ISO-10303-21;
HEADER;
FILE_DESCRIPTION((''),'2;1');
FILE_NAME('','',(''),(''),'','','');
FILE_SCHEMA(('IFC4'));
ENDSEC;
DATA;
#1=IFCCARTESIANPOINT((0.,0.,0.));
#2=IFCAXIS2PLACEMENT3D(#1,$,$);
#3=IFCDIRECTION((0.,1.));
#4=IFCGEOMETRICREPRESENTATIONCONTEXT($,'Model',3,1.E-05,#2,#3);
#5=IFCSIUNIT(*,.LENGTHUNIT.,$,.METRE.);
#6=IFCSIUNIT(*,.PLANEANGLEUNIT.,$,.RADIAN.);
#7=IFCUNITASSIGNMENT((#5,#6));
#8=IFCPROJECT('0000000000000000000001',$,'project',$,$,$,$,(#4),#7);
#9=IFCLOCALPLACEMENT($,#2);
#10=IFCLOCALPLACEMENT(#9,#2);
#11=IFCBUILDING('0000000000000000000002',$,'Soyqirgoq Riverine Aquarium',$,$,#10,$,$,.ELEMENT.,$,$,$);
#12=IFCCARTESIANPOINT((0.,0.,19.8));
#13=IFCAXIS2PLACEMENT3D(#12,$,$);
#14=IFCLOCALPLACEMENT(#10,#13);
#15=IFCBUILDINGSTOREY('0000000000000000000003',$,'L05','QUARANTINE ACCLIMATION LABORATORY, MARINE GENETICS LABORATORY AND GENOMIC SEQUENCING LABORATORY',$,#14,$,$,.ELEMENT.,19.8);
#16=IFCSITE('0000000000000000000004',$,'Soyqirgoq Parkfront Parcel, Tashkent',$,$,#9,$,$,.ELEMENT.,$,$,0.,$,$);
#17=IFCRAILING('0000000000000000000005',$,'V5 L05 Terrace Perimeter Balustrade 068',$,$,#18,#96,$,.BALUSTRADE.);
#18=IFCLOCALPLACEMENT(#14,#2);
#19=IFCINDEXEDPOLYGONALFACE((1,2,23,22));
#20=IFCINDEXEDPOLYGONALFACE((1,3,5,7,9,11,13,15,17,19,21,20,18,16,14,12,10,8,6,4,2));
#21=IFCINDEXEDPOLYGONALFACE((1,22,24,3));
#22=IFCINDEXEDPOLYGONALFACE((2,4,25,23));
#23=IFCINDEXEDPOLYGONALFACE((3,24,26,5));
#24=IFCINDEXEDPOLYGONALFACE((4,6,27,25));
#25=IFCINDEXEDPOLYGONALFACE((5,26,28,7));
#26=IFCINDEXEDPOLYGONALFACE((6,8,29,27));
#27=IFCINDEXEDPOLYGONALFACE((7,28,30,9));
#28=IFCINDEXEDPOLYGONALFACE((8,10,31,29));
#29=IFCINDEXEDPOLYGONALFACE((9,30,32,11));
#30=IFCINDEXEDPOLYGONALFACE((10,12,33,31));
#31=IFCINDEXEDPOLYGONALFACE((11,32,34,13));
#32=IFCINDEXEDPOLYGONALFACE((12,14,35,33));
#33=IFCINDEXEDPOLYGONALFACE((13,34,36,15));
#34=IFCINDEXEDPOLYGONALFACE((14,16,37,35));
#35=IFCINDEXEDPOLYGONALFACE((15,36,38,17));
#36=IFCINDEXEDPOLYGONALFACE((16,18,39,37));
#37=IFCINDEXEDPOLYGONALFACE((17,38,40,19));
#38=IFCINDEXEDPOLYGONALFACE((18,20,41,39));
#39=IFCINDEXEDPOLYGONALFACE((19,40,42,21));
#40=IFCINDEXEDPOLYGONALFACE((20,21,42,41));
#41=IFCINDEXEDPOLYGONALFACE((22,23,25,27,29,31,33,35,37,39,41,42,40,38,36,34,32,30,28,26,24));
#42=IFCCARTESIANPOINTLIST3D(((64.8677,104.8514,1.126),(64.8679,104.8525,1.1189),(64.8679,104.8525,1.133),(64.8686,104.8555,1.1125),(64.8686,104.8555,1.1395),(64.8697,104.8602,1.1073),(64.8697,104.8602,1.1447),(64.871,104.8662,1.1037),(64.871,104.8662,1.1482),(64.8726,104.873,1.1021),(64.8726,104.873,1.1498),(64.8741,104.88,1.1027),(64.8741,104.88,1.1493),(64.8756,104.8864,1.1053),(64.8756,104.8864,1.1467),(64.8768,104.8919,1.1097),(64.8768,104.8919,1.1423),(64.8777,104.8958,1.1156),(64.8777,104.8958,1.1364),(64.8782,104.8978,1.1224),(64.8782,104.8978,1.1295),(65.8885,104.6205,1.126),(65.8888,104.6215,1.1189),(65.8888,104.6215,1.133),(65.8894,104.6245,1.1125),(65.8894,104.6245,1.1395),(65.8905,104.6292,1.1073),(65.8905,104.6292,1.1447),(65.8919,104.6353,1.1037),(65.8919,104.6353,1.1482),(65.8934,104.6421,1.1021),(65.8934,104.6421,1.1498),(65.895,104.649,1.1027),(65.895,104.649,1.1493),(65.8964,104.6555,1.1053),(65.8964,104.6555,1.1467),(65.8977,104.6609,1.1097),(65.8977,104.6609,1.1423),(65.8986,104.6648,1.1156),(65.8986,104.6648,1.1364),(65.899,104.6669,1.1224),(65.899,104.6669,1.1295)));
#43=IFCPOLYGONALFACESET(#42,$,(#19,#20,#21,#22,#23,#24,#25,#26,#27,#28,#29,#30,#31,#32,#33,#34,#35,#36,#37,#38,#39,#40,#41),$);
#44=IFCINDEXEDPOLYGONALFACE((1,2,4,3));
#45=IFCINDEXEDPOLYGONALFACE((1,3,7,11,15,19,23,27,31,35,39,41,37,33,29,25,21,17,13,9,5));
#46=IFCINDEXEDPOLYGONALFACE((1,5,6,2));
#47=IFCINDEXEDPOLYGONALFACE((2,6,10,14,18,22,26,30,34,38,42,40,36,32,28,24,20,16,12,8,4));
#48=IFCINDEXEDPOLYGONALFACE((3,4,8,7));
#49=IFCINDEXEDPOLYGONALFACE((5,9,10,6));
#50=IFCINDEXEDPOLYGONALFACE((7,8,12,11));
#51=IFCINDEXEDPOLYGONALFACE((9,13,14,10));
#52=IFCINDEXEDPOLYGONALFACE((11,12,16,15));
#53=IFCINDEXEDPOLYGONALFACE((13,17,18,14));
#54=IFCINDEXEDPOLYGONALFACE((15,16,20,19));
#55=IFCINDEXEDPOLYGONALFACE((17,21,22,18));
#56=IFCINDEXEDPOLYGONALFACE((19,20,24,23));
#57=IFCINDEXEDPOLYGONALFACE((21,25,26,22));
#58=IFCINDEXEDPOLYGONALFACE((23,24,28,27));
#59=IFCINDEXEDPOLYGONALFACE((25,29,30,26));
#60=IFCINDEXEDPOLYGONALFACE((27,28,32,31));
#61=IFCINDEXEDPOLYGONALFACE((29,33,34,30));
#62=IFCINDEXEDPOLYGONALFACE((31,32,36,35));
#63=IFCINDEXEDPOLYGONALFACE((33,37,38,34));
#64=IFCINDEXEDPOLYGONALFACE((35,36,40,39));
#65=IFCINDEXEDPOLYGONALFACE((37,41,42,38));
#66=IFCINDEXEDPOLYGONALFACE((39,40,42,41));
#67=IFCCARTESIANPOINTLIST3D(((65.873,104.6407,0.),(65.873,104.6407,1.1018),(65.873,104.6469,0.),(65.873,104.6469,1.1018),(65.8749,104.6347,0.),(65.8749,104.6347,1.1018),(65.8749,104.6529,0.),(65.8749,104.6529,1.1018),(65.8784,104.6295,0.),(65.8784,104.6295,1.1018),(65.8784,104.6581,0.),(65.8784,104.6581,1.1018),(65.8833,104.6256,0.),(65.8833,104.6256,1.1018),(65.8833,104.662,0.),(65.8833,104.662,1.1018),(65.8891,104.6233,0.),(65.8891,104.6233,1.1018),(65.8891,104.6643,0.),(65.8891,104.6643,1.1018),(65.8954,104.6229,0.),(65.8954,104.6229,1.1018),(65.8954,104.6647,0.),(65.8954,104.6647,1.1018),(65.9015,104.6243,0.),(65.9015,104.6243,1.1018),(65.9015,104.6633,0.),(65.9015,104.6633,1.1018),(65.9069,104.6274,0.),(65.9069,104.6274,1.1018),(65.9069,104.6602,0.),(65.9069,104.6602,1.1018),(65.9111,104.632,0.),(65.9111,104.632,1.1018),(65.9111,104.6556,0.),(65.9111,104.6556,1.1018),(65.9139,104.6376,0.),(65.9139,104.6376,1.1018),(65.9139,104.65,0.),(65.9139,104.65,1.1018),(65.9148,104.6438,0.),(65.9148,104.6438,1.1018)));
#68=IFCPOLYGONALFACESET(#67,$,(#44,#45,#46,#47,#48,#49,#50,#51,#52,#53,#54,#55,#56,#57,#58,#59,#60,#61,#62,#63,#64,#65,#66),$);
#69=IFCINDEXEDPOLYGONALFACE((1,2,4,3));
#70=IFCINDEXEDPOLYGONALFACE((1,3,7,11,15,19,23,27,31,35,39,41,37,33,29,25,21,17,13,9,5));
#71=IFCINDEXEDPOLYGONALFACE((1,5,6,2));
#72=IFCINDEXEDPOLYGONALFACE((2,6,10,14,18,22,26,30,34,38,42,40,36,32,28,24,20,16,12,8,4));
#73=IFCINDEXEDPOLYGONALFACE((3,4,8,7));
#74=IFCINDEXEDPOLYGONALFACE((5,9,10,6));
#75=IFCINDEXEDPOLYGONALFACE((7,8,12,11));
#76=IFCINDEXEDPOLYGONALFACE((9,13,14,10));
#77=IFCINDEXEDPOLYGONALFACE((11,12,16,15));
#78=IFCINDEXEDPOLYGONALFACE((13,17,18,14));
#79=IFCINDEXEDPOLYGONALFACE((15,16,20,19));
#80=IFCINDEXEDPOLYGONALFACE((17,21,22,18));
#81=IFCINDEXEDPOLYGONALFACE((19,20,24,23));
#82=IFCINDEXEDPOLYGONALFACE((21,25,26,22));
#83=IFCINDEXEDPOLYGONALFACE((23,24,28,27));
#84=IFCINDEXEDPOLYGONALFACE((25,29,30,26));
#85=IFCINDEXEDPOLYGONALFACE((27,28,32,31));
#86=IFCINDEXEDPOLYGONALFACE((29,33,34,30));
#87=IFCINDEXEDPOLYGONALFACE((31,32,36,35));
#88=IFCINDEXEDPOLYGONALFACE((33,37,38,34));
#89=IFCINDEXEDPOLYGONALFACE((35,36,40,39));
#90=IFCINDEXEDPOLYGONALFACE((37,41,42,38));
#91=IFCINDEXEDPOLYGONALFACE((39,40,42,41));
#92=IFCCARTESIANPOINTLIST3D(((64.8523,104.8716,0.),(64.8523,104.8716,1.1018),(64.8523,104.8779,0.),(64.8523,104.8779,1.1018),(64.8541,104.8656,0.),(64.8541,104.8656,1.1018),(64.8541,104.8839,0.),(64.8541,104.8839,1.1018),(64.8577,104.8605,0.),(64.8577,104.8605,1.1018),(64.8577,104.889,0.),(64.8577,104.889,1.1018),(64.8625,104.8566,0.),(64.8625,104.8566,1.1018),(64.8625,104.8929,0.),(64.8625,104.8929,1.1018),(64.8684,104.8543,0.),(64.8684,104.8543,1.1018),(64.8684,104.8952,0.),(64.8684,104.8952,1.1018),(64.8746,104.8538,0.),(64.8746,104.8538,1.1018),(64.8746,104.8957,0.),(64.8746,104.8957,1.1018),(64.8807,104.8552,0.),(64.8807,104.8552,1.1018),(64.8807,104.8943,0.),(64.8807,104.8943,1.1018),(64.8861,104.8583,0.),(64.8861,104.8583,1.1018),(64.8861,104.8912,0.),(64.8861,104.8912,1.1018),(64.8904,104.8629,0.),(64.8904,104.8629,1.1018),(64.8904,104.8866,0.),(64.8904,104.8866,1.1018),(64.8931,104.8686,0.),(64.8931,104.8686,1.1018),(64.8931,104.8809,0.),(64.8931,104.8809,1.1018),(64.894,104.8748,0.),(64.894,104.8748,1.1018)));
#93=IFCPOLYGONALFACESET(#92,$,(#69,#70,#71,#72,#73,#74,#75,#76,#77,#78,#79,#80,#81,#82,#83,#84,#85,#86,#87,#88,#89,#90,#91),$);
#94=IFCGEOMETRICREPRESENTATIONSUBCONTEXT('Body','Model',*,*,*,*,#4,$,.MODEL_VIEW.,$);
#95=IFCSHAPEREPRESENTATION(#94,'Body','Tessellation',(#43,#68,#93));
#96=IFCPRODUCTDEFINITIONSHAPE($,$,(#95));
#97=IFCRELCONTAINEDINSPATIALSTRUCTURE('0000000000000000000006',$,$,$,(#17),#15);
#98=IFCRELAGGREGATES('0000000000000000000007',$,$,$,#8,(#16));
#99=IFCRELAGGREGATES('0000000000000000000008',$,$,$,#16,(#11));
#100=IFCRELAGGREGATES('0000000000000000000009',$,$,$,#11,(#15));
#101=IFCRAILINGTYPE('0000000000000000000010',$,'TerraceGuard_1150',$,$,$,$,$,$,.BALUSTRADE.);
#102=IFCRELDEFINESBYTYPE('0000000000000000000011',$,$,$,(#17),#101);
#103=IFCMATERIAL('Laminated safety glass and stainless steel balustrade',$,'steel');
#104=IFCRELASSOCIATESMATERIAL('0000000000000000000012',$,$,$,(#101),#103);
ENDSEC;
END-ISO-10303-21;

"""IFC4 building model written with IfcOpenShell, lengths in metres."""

from ifc_helpers import new_model, si_unit, direction, frame, origin, origin_2d, place, context, subcontext, project, spatial, circle, extrude, material, type_object, element, save


model = new_model("IFC4")

# Units and contexts
model_context = context("Model", 3, precision=1e-05, world=origin(), true_north=direction((0.0, 1.0)))
body_context = subcontext(model_context, "Body", "Model", "MODEL_VIEW")
ifc_project = project(units=[si_unit("LENGTHUNIT", "METRE"), si_unit("PLANEANGLEUNIT", "RADIAN")], contexts=[model_context])

# Site, building, storey
site_placement = place(None, origin())
site = spatial("IfcSite", under=ifc_project, at=site_placement, Name="Soyqirgoq Parkfront Parcel, Tashkent", CompositionType="ELEMENT", RefElevation=0.0)
building_placement = place(site_placement, origin())
building = spatial("IfcBuilding", under=site, at=building_placement, Name="Soyqirgoq Riverine Aquarium", CompositionType="ELEMENT")
storey_placement = place(building_placement, frame((0.0, 0.0, 19.8)))
storey = spatial("IfcBuildingStorey", under=building, at=storey_placement, Name="L05", Description="QUARANTINE ACCLIMATION LABORATORY, MARINE GENETICS LABORATORY AND GENOMIC SEQUENCING LABORATORY", CompositionType="ELEMENT", Elevation=19.8)

# Railing
ifc_material_1 = material(Name="Laminated safety glass and stainless steel balustrade", Category="steel")
railing_type_1 = type_object("IfcRailingType", Name="TerraceGuard_1150", PredefinedType="BALUSTRADE", material=ifc_material_1)
railing_1_placement = place(storey_placement, frame((65.8938, 104.6438, 0.0)))
element("IfcRailing", 1, at=railing_1_placement, inside=storey, type_object=railing_type_1, Name="V5 L05 Terrace Perimeter Balustrade 068", PredefinedType="BALUSTRADE", context=body_context, shape_type="SweptSolid", body=[
    extrude(circle(Radius=0.0239, at=origin_2d()), frame((0.0, 0.0, 1.126), z_axis=(-0.975346, 0.220683, 0.0), x_axis=(-0.220683, -0.975346, 0.0)), (0.0, 0.0, 1.0), 1.0466),
    extrude(circle(Radius=0.021, at=origin_2d()), origin(), (0.0, 0.0, 1.0), 1.1018),
    extrude(circle(Radius=0.021, at=origin_2d()), frame((-1.0208, 0.231, 0.0)), (0.0, 0.0, 1.0), 1.1018),
])

save(model, "model.ifc")
